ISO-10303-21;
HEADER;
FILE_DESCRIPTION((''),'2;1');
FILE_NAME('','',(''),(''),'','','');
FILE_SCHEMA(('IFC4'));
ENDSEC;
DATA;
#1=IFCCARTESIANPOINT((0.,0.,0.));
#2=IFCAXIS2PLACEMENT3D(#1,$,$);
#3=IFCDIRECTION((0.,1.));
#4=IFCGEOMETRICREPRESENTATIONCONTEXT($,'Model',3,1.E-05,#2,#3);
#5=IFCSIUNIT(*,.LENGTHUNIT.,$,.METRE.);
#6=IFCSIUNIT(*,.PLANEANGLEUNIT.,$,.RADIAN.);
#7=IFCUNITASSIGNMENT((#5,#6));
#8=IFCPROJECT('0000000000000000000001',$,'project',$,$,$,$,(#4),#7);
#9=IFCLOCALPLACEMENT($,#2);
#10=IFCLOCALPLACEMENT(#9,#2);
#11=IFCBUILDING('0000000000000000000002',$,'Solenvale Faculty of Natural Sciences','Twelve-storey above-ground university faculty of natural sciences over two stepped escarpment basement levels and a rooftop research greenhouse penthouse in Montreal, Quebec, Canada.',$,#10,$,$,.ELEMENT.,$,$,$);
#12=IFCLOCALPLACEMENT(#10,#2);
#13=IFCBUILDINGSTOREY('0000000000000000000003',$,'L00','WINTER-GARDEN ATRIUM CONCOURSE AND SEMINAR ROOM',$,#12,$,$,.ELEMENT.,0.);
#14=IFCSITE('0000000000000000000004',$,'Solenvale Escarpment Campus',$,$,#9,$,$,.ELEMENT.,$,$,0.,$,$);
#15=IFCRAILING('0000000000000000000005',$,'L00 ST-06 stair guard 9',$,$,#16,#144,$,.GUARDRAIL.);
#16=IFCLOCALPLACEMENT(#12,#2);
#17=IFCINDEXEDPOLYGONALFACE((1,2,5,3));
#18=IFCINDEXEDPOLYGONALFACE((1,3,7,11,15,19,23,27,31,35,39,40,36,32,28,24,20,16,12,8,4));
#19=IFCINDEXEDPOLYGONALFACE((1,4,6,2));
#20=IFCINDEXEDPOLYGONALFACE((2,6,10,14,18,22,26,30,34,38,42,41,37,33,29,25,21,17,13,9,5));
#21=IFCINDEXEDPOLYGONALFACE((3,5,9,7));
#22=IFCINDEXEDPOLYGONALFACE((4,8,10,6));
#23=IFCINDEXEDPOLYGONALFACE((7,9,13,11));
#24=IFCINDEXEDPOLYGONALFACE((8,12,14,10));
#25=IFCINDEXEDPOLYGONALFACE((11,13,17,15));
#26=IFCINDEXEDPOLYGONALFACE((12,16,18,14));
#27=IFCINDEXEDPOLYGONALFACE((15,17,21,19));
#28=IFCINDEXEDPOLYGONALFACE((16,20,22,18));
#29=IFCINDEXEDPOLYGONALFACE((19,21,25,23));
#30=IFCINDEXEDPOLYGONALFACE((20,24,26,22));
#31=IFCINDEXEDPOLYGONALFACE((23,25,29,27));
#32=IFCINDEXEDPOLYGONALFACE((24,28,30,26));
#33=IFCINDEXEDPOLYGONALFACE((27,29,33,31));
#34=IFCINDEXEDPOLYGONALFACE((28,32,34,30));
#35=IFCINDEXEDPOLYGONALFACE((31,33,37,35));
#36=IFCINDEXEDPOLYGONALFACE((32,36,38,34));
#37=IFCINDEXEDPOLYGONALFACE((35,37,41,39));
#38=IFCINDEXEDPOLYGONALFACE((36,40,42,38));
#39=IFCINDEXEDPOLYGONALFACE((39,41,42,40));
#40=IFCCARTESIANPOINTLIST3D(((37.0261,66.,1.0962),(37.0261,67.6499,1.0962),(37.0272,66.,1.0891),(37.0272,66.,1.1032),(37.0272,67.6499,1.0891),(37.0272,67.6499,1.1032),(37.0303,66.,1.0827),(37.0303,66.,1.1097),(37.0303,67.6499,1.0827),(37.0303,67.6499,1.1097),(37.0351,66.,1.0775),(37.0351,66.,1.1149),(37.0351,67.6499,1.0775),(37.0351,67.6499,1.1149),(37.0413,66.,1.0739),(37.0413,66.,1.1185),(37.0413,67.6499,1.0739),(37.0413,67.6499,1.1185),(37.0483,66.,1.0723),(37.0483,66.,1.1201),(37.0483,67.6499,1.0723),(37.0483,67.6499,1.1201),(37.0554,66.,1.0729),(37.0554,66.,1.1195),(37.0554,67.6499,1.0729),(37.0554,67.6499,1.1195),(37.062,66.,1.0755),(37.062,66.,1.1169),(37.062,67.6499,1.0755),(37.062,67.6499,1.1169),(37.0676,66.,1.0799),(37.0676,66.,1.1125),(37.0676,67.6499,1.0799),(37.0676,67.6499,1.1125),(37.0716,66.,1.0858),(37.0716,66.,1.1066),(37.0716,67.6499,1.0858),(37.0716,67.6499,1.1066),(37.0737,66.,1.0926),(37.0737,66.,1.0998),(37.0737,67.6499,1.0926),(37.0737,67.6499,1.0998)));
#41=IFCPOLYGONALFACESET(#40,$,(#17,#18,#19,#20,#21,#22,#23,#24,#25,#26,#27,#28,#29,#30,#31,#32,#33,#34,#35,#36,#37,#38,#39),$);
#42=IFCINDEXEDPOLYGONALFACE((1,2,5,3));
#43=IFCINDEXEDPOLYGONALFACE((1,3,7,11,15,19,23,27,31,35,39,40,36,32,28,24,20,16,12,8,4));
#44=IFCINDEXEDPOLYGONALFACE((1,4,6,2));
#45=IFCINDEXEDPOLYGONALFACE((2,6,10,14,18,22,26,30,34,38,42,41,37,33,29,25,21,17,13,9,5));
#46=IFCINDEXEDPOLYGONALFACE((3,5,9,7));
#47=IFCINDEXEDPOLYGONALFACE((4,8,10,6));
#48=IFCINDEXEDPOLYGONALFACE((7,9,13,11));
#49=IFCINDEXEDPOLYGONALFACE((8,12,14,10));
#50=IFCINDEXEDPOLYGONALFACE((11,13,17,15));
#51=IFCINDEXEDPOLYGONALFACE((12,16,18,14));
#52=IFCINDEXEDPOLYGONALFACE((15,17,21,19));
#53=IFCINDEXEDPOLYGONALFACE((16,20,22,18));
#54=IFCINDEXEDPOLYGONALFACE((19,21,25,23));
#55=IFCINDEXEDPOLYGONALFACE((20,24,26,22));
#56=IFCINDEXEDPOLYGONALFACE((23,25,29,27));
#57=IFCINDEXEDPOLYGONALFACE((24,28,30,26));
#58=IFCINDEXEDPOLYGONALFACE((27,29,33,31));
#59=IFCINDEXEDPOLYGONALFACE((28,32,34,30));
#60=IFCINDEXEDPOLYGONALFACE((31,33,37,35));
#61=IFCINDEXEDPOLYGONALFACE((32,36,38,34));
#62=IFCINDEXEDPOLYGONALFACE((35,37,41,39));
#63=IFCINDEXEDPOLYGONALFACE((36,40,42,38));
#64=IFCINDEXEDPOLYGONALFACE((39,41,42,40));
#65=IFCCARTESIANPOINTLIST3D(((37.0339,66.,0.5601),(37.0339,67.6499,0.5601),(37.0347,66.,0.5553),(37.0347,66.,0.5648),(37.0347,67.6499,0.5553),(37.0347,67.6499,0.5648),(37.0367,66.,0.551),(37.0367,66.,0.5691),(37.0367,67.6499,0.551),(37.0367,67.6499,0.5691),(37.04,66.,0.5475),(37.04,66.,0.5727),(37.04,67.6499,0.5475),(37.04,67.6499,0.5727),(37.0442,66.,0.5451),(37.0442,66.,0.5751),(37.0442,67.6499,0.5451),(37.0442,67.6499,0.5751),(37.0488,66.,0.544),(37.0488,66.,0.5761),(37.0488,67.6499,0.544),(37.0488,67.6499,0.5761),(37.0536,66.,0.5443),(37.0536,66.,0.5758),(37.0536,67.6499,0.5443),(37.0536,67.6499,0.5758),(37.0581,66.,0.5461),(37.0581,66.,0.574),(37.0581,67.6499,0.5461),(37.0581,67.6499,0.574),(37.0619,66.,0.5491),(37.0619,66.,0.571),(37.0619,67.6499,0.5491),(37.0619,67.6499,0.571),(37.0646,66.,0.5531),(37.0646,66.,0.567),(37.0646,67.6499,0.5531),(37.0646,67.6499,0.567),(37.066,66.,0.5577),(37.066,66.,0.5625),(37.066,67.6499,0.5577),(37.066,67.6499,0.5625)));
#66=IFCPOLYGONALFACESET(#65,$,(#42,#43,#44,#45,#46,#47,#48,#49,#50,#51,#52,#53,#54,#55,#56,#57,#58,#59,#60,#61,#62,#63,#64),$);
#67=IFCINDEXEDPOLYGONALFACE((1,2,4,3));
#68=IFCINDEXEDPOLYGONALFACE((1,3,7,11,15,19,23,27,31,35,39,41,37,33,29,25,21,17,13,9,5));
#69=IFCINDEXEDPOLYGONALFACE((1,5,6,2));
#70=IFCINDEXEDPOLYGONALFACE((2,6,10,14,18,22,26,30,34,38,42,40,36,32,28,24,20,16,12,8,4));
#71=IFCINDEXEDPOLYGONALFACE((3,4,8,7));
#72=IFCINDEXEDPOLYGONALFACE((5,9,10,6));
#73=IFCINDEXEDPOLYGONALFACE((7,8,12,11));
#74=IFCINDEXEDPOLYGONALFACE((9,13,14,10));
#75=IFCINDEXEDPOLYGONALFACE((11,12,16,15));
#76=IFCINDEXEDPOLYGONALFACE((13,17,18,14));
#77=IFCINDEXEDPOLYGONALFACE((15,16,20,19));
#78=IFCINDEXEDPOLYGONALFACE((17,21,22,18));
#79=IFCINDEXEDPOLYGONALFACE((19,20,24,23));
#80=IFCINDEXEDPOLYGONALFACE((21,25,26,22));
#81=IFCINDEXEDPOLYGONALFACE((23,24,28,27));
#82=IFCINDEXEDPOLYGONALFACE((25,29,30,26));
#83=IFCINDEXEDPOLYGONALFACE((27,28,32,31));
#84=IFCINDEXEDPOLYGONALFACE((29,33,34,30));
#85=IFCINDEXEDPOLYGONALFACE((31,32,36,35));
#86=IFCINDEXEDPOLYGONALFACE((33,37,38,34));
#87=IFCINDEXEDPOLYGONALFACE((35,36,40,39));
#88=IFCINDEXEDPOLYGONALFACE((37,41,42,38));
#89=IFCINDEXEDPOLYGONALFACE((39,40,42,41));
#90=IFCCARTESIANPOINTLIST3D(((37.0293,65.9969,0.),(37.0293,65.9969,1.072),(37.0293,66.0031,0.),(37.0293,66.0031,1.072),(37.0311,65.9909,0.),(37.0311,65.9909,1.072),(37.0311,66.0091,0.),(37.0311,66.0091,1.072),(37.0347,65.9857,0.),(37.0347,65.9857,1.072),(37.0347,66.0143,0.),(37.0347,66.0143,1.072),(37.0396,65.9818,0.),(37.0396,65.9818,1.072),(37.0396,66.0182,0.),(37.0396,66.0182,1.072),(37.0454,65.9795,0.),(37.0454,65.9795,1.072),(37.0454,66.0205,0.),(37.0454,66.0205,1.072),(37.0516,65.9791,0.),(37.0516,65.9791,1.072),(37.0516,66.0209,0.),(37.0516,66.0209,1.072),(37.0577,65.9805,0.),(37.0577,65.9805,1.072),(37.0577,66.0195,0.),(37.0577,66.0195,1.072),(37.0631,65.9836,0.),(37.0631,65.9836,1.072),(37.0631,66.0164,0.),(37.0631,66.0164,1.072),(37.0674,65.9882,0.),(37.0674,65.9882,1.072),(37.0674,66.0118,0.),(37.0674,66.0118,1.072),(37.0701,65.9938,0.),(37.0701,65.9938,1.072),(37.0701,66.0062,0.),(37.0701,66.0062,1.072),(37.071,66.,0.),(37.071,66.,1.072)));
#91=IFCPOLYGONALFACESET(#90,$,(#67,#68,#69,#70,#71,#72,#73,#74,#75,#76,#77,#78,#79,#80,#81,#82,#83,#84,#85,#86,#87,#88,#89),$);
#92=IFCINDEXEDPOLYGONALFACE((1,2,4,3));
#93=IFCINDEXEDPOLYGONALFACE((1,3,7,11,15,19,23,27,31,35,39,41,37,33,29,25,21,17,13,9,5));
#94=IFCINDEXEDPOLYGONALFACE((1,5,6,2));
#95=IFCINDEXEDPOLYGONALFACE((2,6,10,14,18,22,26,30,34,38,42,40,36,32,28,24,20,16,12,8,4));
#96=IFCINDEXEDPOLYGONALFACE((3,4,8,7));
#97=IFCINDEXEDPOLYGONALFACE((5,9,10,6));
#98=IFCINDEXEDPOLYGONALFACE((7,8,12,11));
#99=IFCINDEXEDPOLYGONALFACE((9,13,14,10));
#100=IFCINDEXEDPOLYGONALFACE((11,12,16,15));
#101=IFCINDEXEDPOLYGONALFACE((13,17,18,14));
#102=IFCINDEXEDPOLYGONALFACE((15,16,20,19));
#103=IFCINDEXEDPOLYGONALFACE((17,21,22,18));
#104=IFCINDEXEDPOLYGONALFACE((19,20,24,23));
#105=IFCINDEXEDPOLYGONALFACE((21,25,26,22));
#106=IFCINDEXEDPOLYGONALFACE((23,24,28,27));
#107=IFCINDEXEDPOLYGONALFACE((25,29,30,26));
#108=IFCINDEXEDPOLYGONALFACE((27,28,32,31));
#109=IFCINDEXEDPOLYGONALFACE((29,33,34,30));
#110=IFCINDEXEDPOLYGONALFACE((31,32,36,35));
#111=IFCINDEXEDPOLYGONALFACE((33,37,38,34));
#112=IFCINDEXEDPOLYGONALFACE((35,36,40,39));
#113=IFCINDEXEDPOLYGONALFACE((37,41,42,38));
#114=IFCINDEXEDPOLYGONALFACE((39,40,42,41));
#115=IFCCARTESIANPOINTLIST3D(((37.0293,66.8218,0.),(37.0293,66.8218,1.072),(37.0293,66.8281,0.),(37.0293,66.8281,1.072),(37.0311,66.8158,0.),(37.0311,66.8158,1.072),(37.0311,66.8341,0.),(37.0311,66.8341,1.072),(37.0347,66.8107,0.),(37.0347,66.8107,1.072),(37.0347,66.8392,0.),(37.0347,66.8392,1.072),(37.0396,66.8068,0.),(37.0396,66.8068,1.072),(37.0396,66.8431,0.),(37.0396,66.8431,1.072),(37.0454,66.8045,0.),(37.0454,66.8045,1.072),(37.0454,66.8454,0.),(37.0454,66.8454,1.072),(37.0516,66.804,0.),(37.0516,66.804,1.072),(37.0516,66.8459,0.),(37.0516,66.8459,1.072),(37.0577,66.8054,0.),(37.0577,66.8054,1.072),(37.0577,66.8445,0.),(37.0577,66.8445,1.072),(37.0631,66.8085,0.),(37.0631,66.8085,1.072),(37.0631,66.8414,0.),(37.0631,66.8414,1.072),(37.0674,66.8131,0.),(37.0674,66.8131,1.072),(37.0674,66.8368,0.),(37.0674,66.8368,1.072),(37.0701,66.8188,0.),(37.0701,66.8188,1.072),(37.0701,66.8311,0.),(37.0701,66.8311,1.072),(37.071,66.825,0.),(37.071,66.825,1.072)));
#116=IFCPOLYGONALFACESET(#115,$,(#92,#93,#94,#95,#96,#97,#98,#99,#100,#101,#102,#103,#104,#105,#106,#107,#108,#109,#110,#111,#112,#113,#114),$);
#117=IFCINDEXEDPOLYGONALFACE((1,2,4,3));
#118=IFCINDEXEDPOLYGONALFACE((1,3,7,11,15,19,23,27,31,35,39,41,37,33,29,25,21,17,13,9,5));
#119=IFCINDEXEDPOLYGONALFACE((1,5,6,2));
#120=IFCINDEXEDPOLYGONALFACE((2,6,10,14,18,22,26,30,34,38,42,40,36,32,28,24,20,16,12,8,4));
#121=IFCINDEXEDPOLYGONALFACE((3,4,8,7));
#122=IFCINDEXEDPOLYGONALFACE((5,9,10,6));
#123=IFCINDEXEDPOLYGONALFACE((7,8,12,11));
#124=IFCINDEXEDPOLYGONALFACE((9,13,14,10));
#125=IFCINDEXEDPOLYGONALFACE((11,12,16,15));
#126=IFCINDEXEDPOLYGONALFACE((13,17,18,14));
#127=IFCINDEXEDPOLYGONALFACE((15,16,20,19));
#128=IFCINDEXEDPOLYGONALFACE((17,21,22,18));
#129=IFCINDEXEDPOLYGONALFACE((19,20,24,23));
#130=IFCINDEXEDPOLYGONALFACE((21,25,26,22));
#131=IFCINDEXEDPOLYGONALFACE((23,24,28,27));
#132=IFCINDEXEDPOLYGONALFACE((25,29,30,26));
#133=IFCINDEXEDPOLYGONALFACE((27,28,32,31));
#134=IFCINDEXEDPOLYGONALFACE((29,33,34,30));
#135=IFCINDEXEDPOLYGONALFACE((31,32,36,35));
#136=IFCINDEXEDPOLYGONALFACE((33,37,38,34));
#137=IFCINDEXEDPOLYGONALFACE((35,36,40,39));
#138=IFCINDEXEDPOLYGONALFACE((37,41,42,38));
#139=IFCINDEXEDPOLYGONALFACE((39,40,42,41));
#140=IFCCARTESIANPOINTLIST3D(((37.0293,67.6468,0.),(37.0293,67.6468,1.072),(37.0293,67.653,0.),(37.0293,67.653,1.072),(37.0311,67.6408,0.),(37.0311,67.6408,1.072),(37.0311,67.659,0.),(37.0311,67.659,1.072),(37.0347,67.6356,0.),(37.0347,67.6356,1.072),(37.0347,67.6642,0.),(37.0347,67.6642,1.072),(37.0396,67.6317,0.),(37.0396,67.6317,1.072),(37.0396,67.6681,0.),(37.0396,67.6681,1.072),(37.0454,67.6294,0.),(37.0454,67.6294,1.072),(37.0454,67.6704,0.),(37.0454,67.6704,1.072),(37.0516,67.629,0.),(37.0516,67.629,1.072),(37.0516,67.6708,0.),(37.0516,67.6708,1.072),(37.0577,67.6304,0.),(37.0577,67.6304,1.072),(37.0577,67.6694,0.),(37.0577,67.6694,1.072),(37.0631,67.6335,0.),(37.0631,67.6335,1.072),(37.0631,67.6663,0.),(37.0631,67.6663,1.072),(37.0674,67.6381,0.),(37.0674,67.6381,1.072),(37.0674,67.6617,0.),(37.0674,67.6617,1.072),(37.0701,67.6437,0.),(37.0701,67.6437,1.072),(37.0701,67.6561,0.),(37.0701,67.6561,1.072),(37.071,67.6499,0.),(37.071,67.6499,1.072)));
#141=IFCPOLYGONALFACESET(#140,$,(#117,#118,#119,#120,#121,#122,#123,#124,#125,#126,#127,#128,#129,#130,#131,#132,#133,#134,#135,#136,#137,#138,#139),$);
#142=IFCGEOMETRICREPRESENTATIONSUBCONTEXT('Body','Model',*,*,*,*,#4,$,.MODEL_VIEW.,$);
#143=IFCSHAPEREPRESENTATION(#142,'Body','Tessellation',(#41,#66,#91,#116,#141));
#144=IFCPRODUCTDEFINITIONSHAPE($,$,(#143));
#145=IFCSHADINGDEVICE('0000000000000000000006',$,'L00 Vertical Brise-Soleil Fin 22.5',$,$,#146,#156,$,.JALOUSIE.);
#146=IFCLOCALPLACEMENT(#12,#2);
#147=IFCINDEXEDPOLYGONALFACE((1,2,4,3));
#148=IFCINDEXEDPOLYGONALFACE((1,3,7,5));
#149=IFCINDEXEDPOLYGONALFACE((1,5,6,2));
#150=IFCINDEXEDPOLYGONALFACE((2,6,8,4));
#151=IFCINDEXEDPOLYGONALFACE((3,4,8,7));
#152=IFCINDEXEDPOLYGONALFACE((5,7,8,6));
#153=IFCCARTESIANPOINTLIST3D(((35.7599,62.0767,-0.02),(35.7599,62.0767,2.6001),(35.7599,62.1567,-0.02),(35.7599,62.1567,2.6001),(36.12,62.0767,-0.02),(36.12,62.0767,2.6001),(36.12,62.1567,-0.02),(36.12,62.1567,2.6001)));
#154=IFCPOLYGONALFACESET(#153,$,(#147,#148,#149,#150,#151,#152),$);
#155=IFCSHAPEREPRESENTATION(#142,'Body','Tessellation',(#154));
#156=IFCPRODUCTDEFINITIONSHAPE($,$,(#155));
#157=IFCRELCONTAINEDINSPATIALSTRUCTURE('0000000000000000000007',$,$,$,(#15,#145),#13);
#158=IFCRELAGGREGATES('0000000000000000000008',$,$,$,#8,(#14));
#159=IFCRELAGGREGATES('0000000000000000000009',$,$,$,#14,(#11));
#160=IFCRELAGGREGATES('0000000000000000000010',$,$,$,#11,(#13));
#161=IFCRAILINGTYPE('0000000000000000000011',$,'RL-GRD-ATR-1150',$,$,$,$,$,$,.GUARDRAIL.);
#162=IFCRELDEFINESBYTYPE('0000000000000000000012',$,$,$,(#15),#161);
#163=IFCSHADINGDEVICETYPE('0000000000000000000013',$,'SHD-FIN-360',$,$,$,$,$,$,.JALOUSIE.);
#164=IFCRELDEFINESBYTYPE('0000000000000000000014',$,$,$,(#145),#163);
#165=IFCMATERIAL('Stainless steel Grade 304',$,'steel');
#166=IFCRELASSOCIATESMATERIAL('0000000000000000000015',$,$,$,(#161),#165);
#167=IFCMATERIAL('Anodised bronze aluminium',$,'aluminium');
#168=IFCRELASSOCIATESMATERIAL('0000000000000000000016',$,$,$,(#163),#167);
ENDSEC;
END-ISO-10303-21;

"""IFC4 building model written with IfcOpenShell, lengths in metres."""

from ifc_helpers import new_model, si_unit, direction, frame, origin, origin_2d, place, context, subcontext, project, spatial, rectangle, circle, extrude, material, material_profile, profile_set, type_object, element, save


model = new_model("IFC4")

# Units and contexts
model_context = context("Model", 3, precision=1e-05, world=origin(), true_north=direction((0.0, 1.0)))
body_context = subcontext(model_context, "Body", "Model", "MODEL_VIEW")
ifc_project = project(units=[si_unit("LENGTHUNIT", "METRE"), si_unit("PLANEANGLEUNIT", "RADIAN")], contexts=[model_context])

# Site, building, storey
site_placement = place(None, origin())
site = spatial("IfcSite", under=ifc_project, at=site_placement, Name="Solenvale Escarpment Campus", CompositionType="ELEMENT", RefElevation=0.0)
building_placement = place(site_placement, origin())
building = spatial("IfcBuilding", under=site, at=building_placement, Name="Solenvale Faculty of Natural Sciences", Description="Twelve-storey above-ground university faculty of natural sciences over two stepped escarpment basement levels and a rooftop research greenhouse penthouse in Montreal, Quebec, Canada.", CompositionType="ELEMENT")
storey_placement = place(building_placement, origin())
storey = spatial("IfcBuildingStorey", under=building, at=storey_placement, Name="L00", Description="WINTER-GARDEN ATRIUM CONCOURSE AND SEMINAR ROOM", CompositionType="ELEMENT", Elevation=0.0)

# Shared definitions
ifc_material_1 = material(Name="Anodised bronze aluminium", Category="aluminium")

# Railing
ifc_material_2 = material(Name="Stainless steel Grade 304", Category="steel")
railing_type = type_object("IfcRailingType", Name="RL-GRD-ATR-1150", PredefinedType="GUARDRAIL", material=ifc_material_2)
railing_placement = place(storey_placement, frame((37.05, 66.0, 0.0)))
element("IfcRailing", 1, at=railing_placement, inside=storey, type_object=railing_type, Name="L00 ST-06 stair guard 9", PredefinedType="GUARDRAIL", context=body_context, shape_type="SweptSolid", body=[
    extrude(circle(Radius=0.0239, at=origin_2d()), frame((0.0, 0.0, 1.0962), z_axis=(0.0, 1.0, 0.0), x_axis=(-1.0, 0.0, 0.0)), (0.0, 0.0, 1.0), 1.6499),
    extrude(circle(Radius=0.0161, at=origin_2d()), frame((0.0, 0.0, 0.5601), z_axis=(0.0, 1.0, 0.0), x_axis=(-1.0, 0.0, 0.0)), (0.0, 0.0, 1.0), 1.6499),
    extrude(circle(Radius=0.021, at=origin_2d()), origin(), (0.0, 0.0, 1.0), 1.072),
    extrude(circle(Radius=0.021, at=origin_2d()), frame((0.0, 0.825, 0.0)), (0.0, 0.0, 1.0), 1.072),
    extrude(circle(Radius=0.021, at=origin_2d()), frame((0.0, 1.6499, 0.0)), (0.0, 0.0, 1.0), 1.072),
])

# Shading device
ifc_material_profile_1 = material_profile(ifc_material_1, rectangle(XDim=0.0801, YDim=0.3601, at=origin_2d()), Name="ALU-FIN-80x360")
ifc_profile_set_1 = profile_set([ifc_material_profile_1], Name="Anodised bronze aluminium")
shading_device_type = type_object("IfcShadingDeviceType", Name="SHD-FIN-360", PredefinedType="JALOUSIE", material=ifc_profile_set_1)
shading_device_placement = place(storey_placement, frame((35.9399, 62.1167, -0.02), z_axis=(0.0, 0.0, 1.0), x_axis=(0.0, 1.0, 0.0)))
element("IfcShadingDevice", 2, at=shading_device_placement, inside=storey, type_object=shading_device_type, Name="L00 Vertical Brise-Soleil Fin 22.5", PredefinedType="JALOUSIE", context=body_context, shape_type="SweptSolid", body=[
    extrude(rectangle(XDim=0.0801, YDim=0.3601, at=origin_2d()), origin(), (0.0, 0.0, 1.0), 2.6201),
])

save(model, "model.ifc")
